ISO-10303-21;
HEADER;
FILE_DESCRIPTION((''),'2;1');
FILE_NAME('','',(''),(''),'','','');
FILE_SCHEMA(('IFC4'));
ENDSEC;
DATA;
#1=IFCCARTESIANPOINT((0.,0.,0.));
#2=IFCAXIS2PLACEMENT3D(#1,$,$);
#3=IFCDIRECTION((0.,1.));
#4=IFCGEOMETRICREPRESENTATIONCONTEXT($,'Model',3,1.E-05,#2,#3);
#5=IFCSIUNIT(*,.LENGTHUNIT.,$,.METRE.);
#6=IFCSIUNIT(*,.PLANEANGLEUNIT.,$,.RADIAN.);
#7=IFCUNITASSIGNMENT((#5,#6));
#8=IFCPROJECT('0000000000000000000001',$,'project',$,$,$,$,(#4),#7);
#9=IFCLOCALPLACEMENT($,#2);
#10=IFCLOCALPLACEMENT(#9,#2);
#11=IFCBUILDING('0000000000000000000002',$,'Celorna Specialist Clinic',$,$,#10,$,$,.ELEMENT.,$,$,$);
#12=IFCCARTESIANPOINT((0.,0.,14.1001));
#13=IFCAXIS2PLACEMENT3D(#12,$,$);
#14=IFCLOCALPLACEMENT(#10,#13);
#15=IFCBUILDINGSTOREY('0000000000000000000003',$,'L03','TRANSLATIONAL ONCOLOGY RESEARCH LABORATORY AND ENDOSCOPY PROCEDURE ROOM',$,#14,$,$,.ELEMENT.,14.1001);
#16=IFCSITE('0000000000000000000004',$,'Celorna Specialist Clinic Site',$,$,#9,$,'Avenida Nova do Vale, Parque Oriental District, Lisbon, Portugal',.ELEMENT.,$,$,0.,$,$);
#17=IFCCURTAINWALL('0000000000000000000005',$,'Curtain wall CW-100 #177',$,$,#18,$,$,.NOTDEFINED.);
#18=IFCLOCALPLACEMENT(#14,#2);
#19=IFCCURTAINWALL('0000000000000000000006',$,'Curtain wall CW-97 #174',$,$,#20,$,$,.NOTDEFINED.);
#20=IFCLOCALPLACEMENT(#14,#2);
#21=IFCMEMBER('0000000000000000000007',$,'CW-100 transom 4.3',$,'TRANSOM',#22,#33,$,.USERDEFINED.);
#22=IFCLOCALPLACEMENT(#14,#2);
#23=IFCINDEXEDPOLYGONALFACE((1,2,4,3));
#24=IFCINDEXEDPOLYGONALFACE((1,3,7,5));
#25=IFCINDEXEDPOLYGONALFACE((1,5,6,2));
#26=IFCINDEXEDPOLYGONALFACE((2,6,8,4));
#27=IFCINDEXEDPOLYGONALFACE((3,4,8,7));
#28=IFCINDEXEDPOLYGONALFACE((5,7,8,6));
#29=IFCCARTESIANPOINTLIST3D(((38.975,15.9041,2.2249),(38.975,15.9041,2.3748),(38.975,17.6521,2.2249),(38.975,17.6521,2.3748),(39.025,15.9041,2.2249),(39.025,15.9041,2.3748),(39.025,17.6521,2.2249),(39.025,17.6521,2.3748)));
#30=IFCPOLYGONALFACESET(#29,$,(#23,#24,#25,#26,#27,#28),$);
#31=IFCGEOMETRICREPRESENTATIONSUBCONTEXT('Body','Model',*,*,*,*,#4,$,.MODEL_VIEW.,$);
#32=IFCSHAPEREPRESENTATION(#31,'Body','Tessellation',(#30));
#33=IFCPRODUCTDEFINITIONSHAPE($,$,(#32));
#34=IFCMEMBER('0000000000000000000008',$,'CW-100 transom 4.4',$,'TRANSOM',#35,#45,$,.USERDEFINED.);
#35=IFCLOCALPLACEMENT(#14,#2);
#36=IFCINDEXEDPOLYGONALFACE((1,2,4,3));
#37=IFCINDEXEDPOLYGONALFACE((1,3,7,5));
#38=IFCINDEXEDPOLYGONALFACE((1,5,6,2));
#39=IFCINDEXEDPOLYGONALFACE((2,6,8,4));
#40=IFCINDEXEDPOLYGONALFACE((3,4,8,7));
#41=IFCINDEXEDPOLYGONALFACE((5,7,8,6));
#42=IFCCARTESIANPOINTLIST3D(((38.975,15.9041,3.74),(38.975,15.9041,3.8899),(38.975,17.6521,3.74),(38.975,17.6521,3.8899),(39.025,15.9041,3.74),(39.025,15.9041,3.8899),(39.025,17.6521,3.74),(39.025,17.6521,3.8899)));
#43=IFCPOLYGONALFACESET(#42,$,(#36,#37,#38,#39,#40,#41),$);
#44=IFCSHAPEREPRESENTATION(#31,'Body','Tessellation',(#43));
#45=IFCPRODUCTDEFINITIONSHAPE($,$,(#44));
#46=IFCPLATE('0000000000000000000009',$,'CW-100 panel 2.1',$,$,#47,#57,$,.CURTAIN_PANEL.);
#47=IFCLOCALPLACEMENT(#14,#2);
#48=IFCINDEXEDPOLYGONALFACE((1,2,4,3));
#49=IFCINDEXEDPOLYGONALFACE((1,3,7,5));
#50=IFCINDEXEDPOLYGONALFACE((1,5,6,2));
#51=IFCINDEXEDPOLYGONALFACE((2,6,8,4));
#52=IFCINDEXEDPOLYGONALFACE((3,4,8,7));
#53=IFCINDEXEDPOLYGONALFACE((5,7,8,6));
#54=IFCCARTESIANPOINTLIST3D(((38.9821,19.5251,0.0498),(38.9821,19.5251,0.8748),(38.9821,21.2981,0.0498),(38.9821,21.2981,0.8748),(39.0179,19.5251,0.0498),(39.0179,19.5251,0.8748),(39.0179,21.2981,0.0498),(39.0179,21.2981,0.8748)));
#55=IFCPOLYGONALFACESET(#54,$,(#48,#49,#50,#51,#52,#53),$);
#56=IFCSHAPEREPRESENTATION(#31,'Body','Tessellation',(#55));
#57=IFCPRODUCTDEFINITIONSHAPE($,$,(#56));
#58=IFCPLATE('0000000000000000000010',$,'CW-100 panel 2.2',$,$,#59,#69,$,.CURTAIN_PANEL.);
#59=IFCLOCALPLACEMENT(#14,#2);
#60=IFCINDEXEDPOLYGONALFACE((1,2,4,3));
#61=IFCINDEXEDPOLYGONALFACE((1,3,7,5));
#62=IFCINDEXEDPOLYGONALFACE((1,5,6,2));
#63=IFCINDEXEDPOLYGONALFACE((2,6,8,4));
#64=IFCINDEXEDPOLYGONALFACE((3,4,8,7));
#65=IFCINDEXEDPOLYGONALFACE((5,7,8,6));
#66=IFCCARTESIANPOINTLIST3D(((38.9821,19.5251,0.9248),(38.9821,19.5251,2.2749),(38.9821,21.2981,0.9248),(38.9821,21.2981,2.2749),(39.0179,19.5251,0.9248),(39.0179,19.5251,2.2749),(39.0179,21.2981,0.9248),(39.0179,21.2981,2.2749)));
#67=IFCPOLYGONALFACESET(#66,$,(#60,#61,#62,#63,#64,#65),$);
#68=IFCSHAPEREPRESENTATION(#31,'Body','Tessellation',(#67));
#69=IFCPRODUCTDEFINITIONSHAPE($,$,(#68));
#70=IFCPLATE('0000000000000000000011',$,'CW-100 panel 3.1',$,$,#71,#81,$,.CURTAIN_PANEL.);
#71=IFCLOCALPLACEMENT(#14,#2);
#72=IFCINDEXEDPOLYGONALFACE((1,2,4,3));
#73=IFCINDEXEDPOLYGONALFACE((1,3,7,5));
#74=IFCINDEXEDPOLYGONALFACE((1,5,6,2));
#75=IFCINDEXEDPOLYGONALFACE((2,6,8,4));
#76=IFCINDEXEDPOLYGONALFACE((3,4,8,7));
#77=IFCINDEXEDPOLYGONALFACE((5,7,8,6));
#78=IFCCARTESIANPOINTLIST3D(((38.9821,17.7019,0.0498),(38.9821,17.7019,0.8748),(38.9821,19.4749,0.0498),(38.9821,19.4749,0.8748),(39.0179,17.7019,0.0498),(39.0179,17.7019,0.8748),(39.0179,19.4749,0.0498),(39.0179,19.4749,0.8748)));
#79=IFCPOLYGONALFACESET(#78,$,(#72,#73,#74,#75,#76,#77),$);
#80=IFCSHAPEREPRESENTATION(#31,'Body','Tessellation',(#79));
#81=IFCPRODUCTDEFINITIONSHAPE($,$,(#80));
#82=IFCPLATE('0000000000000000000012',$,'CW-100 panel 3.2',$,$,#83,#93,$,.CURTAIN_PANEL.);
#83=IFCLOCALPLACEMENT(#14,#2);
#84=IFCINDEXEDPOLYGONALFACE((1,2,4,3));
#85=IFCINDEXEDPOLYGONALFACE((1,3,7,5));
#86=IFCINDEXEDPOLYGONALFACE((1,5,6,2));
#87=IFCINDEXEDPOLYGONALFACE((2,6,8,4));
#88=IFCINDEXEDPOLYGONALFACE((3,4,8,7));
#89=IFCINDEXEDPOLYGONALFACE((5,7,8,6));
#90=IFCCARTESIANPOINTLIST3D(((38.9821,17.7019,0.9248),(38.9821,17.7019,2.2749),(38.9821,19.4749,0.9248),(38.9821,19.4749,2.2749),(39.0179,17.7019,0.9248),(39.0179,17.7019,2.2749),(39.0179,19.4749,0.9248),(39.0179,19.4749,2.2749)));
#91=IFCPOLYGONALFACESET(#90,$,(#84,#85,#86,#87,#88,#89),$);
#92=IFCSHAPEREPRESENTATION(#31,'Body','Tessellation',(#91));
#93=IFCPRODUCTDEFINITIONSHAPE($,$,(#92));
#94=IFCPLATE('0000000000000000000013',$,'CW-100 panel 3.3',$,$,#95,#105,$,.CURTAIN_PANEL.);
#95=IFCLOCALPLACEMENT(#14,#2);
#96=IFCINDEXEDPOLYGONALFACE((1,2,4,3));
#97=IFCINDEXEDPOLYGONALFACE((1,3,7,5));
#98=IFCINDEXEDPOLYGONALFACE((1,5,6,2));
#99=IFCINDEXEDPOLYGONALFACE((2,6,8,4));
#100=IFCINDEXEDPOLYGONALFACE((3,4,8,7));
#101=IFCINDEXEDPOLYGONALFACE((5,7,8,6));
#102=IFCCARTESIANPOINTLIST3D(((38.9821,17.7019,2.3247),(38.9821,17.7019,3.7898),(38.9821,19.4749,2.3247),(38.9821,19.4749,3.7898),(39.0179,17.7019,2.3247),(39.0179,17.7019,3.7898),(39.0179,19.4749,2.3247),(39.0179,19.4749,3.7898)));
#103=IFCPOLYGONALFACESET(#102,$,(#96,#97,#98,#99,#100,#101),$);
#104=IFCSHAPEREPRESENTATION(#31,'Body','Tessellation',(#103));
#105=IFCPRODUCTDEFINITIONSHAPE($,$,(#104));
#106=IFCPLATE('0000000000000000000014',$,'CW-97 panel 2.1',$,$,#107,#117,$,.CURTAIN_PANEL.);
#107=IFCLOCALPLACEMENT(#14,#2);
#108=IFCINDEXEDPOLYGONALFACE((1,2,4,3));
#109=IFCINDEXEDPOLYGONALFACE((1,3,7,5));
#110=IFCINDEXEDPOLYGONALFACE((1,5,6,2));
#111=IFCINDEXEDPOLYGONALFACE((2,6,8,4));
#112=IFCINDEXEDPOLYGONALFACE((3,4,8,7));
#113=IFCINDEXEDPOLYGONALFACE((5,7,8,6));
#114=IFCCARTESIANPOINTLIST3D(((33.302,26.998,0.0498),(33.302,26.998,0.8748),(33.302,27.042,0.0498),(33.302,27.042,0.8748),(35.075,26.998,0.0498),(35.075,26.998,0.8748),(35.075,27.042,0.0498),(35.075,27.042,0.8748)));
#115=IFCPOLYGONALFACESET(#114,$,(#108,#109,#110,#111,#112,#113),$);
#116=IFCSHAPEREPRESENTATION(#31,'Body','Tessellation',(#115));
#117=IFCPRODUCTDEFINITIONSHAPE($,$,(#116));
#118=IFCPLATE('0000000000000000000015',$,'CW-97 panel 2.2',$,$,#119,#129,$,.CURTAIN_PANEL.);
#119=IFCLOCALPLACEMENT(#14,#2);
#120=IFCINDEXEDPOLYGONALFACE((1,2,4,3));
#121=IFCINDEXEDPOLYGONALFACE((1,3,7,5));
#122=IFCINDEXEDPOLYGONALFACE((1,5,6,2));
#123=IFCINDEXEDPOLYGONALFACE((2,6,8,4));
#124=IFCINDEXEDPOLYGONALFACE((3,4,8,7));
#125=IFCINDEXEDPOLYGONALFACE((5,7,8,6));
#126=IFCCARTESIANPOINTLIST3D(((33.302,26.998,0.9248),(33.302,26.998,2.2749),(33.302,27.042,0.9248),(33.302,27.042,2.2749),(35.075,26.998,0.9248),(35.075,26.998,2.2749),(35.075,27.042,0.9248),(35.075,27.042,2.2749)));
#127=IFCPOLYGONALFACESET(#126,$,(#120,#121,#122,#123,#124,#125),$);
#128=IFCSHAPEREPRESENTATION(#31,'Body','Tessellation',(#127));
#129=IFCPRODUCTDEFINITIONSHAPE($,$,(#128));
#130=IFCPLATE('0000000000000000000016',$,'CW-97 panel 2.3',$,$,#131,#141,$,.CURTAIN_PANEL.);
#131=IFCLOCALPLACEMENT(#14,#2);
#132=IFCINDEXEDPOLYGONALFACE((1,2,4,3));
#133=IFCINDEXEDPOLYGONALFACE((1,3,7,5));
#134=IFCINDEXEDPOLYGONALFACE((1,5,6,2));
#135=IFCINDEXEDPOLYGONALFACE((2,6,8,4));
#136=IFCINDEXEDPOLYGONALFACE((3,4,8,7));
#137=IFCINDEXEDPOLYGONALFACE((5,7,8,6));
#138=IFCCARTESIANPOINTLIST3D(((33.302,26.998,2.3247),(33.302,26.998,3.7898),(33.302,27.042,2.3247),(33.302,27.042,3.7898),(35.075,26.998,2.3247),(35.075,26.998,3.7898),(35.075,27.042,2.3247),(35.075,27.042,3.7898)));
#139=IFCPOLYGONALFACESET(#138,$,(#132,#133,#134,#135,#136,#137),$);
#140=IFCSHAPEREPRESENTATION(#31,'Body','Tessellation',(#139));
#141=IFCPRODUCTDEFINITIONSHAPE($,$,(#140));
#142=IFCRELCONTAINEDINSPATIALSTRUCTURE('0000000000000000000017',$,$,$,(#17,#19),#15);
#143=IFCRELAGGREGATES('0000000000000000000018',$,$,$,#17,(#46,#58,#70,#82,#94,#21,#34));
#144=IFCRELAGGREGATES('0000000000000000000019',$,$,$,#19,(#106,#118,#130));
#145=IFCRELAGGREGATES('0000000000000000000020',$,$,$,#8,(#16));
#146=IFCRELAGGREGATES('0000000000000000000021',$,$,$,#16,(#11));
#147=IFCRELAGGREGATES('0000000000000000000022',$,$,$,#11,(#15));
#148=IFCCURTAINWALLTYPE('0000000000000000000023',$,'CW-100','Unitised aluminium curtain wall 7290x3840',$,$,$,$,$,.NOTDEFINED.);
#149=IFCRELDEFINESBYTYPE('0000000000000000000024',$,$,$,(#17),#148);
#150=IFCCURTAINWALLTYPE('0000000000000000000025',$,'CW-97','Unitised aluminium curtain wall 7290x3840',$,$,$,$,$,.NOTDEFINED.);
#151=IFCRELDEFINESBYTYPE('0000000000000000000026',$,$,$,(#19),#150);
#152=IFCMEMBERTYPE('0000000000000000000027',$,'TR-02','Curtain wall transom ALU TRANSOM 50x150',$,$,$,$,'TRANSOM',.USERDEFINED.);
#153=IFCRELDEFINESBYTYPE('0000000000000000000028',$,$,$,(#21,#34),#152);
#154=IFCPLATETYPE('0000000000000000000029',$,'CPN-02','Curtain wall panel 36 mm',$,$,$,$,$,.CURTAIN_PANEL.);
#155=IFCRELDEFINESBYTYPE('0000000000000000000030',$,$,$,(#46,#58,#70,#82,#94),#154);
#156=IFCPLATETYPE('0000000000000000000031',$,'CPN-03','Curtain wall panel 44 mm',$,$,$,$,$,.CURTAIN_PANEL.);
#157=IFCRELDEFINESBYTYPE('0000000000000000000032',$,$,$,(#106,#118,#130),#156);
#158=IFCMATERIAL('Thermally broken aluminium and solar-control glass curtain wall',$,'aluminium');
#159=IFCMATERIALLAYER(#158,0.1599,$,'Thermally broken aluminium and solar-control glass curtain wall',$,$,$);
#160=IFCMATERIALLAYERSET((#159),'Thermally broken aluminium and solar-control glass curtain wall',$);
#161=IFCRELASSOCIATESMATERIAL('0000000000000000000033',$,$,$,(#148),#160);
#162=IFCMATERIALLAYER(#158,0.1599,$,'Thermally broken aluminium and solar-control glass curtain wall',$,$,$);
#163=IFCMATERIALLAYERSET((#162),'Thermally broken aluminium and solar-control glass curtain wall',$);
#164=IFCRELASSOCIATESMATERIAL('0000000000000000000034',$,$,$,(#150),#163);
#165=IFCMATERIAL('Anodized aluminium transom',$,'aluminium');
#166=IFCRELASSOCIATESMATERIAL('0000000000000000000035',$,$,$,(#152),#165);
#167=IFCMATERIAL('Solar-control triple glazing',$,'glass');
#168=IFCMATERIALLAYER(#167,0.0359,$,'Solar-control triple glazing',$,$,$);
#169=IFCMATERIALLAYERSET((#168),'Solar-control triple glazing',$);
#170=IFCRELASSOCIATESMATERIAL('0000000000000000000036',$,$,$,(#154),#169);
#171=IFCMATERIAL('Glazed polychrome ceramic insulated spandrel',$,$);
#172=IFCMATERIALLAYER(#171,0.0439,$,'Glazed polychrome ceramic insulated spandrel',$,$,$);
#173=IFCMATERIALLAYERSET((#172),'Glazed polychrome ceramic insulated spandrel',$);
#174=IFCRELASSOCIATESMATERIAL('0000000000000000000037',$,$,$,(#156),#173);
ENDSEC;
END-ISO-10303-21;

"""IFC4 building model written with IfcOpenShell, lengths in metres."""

from ifc_helpers import new_model, si_unit, direction, frame, origin, origin_2d, place, context, subcontext, project, spatial, rectangle, extrude, material, layer, layer_set, material_profile, profile_set, type_object, element, aggregate, save


model = new_model("IFC4")

# Units and contexts
model_context = context("Model", 3, precision=1e-05, world=origin(), true_north=direction((0.0, 1.0)))
body_context = subcontext(model_context, "Body", "Model", "MODEL_VIEW")
ifc_project = project(units=[si_unit("LENGTHUNIT", "METRE"), si_unit("PLANEANGLEUNIT", "RADIAN")], contexts=[model_context])

# Site, building, storey
site_placement = place(None, origin())
site = spatial("IfcSite", under=ifc_project, at=site_placement, Name="Celorna Specialist Clinic Site", LongName="Avenida Nova do Vale, Parque Oriental District, Lisbon, Portugal", CompositionType="ELEMENT", RefElevation=0.0)
building_placement = place(site_placement, origin())
building = spatial("IfcBuilding", under=site, at=building_placement, Name="Celorna Specialist Clinic", CompositionType="ELEMENT")
storey_placement = place(building_placement, frame((0.0, 0.0, 14.1001)))
storey = spatial("IfcBuildingStorey", under=building, at=storey_placement, Name="L03", Description="TRANSLATIONAL ONCOLOGY RESEARCH LABORATORY AND ENDOSCOPY PROCEDURE ROOM", CompositionType="ELEMENT", Elevation=14.1001)

# Curtain walls
ifc_material_1 = material(Name="Thermally broken aluminium and solar-control glass curtain wall", Category="aluminium")
ifc_layer_1 = layer(ifc_material_1, 0.1599, Name="Thermally broken aluminium and solar-control glass curtain wall")
ifc_layer_set_1 = layer_set([ifc_layer_1], Name="Thermally broken aluminium and solar-control glass curtain wall")
curtain_wall_type_1 = type_object("IfcCurtainWallType", Name="CW-100", Description="Unitised aluminium curtain wall 7290x3840", PredefinedType="NOTDEFINED", material=ifc_layer_set_1)
curtain_wall_1_placement = place(storey_placement, origin())
curtain_wall_1 = element("IfcCurtainWall", 1, at=curtain_wall_1_placement, inside=storey, type_object=curtain_wall_type_1, Name="Curtain wall CW-100 #177", PredefinedType="NOTDEFINED")
ifc_layer_2 = layer(ifc_material_1, 0.1599, Name="Thermally broken aluminium and solar-control glass curtain wall")
ifc_layer_set_2 = layer_set([ifc_layer_2], Name="Thermally broken aluminium and solar-control glass curtain wall")
curtain_wall_type_2 = type_object("IfcCurtainWallType", Name="CW-97", Description="Unitised aluminium curtain wall 7290x3840", PredefinedType="NOTDEFINED", material=ifc_layer_set_2)
curtain_wall_2_placement = place(storey_placement, origin())
curtain_wall_2 = element("IfcCurtainWall", 2, at=curtain_wall_2_placement, inside=storey, type_object=curtain_wall_type_2, Name="Curtain wall CW-97 #174", PredefinedType="NOTDEFINED")
ifc_material_2 = material(Name="Anodized aluminium transom", Category="aluminium")

# Members
ifc_material_profile_1 = material_profile(ifc_material_2, rectangle(XDim=0.05, YDim=0.1499, at=origin_2d()), Name="ALU TRANSOM 50x150")
ifc_profile_set_1 = profile_set([ifc_material_profile_1], Name="Anodized aluminium transom")
member_type_1 = type_object("IfcMemberType", Name="TR-02", Description="Curtain wall transom ALU TRANSOM 50x150", ElementType="TRANSOM", PredefinedType="USERDEFINED", material=ifc_profile_set_1)
member_1_placement = place(storey_placement, frame((39.0, 17.6521, 2.2998), z_axis=(0.0, -1.0, 0.0), x_axis=(1.0, 0.0, 0.0)))
member_1 = element("IfcMember", 3, at=member_1_placement, type_object=member_type_1, Name="CW-100 transom 4.3", ObjectType="TRANSOM", PredefinedType="USERDEFINED", context=body_context, shape_type="SweptSolid", body=[
    extrude(rectangle(XDim=0.05, YDim=0.1499, at=origin_2d()), origin(), (0.0, 0.0, 1.0), 1.748),
])
member_2_placement = place(storey_placement, frame((39.0, 17.6521, 3.8149), z_axis=(0.0, -1.0, 0.0), x_axis=(1.0, 0.0, 0.0)))
member_2 = element("IfcMember", 4, at=member_2_placement, type_object=member_type_1, Name="CW-100 transom 4.4", ObjectType="TRANSOM", PredefinedType="USERDEFINED", context=body_context, shape_type="SweptSolid", body=[
    extrude(rectangle(XDim=0.05, YDim=0.1499, at=origin_2d()), origin(), (0.0, 0.0, 1.0), 1.748),
])

# Plates
ifc_material_3 = material(Name="Solar-control triple glazing", Category="glass")
ifc_layer_3 = layer(ifc_material_3, 0.0359, Name="Solar-control triple glazing")
ifc_layer_set_3 = layer_set([ifc_layer_3], Name="Solar-control triple glazing")
plate_type_1 = type_object("IfcPlateType", Name="CPN-02", Description="Curtain wall panel 36 mm", PredefinedType="CURTAIN_PANEL", material=ifc_layer_set_3)
plate_1_placement = place(storey_placement, frame((39.0, 20.4116, 0.0498), z_axis=(0.0, 0.0, 1.0), x_axis=(0.0, -1.0, 0.0)))
plate_1 = element("IfcPlate", 5, at=plate_1_placement, type_object=plate_type_1, Name="CW-100 panel 2.1", PredefinedType="CURTAIN_PANEL", context=body_context, shape_type="SweptSolid", body=[
    extrude(rectangle(XDim=1.7729, YDim=0.0359, at=origin_2d()), origin(), (0.0, 0.0, 1.0), 0.825),
])
plate_2_placement = place(storey_placement, frame((39.0, 20.4116, 0.9248), z_axis=(0.0, 0.0, 1.0), x_axis=(0.0, -1.0, 0.0)))
plate_2 = element("IfcPlate", 6, at=plate_2_placement, type_object=plate_type_1, Name="CW-100 panel 2.2", PredefinedType="CURTAIN_PANEL", context=body_context, shape_type="SweptSolid", body=[
    extrude(rectangle(XDim=1.7729, YDim=0.0359, at=origin_2d()), origin(), (0.0, 0.0, 1.0), 1.3501),
])
plate_3_placement = place(storey_placement, frame((39.0, 18.5884, 0.0498), z_axis=(0.0, 0.0, 1.0), x_axis=(0.0, -1.0, 0.0)))
plate_3 = element("IfcPlate", 7, at=plate_3_placement, type_object=plate_type_1, Name="CW-100 panel 3.1", PredefinedType="CURTAIN_PANEL", context=body_context, shape_type="SweptSolid", body=[
    extrude(rectangle(XDim=1.7729, YDim=0.0359, at=origin_2d()), origin(), (0.0, 0.0, 1.0), 0.825),
])
plate_4_placement = place(storey_placement, frame((39.0, 18.5884, 0.9248), z_axis=(0.0, 0.0, 1.0), x_axis=(0.0, -1.0, 0.0)))
plate_4 = element("IfcPlate", 8, at=plate_4_placement, type_object=plate_type_1, Name="CW-100 panel 3.2", PredefinedType="CURTAIN_PANEL", context=body_context, shape_type="SweptSolid", body=[
    extrude(rectangle(XDim=1.7729, YDim=0.0359, at=origin_2d()), origin(), (0.0, 0.0, 1.0), 1.3501),
])
plate_5_placement = place(storey_placement, frame((39.0, 18.5884, 2.3247), z_axis=(0.0, 0.0, 1.0), x_axis=(0.0, -1.0, 0.0)))
plate_5 = element("IfcPlate", 9, at=plate_5_placement, type_object=plate_type_1, Name="CW-100 panel 3.3", PredefinedType="CURTAIN_PANEL", context=body_context, shape_type="SweptSolid", body=[
    extrude(rectangle(XDim=1.7729, YDim=0.0359, at=origin_2d()), origin(), (0.0, 0.0, 1.0), 1.4651),
])
aggregate(curtain_wall_1, [plate_1, plate_2, plate_3, plate_4, plate_5, member_1, member_2])
ifc_material_4 = material(Name="Glazed polychrome ceramic insulated spandrel")
ifc_layer_4 = layer(ifc_material_4, 0.0439, Name="Glazed polychrome ceramic insulated spandrel")
ifc_layer_set_4 = layer_set([ifc_layer_4], Name="Glazed polychrome ceramic insulated spandrel")
plate_type_2 = type_object("IfcPlateType", Name="CPN-03", Description="Curtain wall panel 44 mm", PredefinedType="CURTAIN_PANEL", material=ifc_layer_set_4)
plate_6_placement = place(storey_placement, frame((34.1885, 27.02, 0.0498), z_axis=(0.0, 0.0, 1.0), x_axis=(1.0, 0.0, 0.0)))
plate_6 = element("IfcPlate", 10, at=plate_6_placement, type_object=plate_type_2, Name="CW-97 panel 2.1", PredefinedType="CURTAIN_PANEL", context=body_context, shape_type="SweptSolid", body=[
    extrude(rectangle(XDim=1.7729, YDim=0.0439, at=origin_2d()), origin(), (0.0, 0.0, 1.0), 0.825),
])
plate_7_placement = place(storey_placement, frame((34.1885, 27.02, 0.9248), z_axis=(0.0, 0.0, 1.0), x_axis=(1.0, 0.0, 0.0)))
plate_7 = element("IfcPlate", 11, at=plate_7_placement, type_object=plate_type_2, Name="CW-97 panel 2.2", PredefinedType="CURTAIN_PANEL", context=body_context, shape_type="SweptSolid", body=[
    extrude(rectangle(XDim=1.7729, YDim=0.0439, at=origin_2d()), origin(), (0.0, 0.0, 1.0), 1.3501),
])
plate_8_placement = place(storey_placement, frame((34.1885, 27.02, 2.3247), z_axis=(0.0, 0.0, 1.0), x_axis=(1.0, 0.0, 0.0)))
plate_8 = element("IfcPlate", 12, at=plate_8_placement, type_object=plate_type_2, Name="CW-97 panel 2.3", PredefinedType="CURTAIN_PANEL", context=body_context, shape_type="SweptSolid", body=[
    extrude(rectangle(XDim=1.7729, YDim=0.0439, at=origin_2d()), origin(), (0.0, 0.0, 1.0), 1.4651),
])
aggregate(curtain_wall_2, [plate_6, plate_7, plate_8])

save(model, "model.ifc")
